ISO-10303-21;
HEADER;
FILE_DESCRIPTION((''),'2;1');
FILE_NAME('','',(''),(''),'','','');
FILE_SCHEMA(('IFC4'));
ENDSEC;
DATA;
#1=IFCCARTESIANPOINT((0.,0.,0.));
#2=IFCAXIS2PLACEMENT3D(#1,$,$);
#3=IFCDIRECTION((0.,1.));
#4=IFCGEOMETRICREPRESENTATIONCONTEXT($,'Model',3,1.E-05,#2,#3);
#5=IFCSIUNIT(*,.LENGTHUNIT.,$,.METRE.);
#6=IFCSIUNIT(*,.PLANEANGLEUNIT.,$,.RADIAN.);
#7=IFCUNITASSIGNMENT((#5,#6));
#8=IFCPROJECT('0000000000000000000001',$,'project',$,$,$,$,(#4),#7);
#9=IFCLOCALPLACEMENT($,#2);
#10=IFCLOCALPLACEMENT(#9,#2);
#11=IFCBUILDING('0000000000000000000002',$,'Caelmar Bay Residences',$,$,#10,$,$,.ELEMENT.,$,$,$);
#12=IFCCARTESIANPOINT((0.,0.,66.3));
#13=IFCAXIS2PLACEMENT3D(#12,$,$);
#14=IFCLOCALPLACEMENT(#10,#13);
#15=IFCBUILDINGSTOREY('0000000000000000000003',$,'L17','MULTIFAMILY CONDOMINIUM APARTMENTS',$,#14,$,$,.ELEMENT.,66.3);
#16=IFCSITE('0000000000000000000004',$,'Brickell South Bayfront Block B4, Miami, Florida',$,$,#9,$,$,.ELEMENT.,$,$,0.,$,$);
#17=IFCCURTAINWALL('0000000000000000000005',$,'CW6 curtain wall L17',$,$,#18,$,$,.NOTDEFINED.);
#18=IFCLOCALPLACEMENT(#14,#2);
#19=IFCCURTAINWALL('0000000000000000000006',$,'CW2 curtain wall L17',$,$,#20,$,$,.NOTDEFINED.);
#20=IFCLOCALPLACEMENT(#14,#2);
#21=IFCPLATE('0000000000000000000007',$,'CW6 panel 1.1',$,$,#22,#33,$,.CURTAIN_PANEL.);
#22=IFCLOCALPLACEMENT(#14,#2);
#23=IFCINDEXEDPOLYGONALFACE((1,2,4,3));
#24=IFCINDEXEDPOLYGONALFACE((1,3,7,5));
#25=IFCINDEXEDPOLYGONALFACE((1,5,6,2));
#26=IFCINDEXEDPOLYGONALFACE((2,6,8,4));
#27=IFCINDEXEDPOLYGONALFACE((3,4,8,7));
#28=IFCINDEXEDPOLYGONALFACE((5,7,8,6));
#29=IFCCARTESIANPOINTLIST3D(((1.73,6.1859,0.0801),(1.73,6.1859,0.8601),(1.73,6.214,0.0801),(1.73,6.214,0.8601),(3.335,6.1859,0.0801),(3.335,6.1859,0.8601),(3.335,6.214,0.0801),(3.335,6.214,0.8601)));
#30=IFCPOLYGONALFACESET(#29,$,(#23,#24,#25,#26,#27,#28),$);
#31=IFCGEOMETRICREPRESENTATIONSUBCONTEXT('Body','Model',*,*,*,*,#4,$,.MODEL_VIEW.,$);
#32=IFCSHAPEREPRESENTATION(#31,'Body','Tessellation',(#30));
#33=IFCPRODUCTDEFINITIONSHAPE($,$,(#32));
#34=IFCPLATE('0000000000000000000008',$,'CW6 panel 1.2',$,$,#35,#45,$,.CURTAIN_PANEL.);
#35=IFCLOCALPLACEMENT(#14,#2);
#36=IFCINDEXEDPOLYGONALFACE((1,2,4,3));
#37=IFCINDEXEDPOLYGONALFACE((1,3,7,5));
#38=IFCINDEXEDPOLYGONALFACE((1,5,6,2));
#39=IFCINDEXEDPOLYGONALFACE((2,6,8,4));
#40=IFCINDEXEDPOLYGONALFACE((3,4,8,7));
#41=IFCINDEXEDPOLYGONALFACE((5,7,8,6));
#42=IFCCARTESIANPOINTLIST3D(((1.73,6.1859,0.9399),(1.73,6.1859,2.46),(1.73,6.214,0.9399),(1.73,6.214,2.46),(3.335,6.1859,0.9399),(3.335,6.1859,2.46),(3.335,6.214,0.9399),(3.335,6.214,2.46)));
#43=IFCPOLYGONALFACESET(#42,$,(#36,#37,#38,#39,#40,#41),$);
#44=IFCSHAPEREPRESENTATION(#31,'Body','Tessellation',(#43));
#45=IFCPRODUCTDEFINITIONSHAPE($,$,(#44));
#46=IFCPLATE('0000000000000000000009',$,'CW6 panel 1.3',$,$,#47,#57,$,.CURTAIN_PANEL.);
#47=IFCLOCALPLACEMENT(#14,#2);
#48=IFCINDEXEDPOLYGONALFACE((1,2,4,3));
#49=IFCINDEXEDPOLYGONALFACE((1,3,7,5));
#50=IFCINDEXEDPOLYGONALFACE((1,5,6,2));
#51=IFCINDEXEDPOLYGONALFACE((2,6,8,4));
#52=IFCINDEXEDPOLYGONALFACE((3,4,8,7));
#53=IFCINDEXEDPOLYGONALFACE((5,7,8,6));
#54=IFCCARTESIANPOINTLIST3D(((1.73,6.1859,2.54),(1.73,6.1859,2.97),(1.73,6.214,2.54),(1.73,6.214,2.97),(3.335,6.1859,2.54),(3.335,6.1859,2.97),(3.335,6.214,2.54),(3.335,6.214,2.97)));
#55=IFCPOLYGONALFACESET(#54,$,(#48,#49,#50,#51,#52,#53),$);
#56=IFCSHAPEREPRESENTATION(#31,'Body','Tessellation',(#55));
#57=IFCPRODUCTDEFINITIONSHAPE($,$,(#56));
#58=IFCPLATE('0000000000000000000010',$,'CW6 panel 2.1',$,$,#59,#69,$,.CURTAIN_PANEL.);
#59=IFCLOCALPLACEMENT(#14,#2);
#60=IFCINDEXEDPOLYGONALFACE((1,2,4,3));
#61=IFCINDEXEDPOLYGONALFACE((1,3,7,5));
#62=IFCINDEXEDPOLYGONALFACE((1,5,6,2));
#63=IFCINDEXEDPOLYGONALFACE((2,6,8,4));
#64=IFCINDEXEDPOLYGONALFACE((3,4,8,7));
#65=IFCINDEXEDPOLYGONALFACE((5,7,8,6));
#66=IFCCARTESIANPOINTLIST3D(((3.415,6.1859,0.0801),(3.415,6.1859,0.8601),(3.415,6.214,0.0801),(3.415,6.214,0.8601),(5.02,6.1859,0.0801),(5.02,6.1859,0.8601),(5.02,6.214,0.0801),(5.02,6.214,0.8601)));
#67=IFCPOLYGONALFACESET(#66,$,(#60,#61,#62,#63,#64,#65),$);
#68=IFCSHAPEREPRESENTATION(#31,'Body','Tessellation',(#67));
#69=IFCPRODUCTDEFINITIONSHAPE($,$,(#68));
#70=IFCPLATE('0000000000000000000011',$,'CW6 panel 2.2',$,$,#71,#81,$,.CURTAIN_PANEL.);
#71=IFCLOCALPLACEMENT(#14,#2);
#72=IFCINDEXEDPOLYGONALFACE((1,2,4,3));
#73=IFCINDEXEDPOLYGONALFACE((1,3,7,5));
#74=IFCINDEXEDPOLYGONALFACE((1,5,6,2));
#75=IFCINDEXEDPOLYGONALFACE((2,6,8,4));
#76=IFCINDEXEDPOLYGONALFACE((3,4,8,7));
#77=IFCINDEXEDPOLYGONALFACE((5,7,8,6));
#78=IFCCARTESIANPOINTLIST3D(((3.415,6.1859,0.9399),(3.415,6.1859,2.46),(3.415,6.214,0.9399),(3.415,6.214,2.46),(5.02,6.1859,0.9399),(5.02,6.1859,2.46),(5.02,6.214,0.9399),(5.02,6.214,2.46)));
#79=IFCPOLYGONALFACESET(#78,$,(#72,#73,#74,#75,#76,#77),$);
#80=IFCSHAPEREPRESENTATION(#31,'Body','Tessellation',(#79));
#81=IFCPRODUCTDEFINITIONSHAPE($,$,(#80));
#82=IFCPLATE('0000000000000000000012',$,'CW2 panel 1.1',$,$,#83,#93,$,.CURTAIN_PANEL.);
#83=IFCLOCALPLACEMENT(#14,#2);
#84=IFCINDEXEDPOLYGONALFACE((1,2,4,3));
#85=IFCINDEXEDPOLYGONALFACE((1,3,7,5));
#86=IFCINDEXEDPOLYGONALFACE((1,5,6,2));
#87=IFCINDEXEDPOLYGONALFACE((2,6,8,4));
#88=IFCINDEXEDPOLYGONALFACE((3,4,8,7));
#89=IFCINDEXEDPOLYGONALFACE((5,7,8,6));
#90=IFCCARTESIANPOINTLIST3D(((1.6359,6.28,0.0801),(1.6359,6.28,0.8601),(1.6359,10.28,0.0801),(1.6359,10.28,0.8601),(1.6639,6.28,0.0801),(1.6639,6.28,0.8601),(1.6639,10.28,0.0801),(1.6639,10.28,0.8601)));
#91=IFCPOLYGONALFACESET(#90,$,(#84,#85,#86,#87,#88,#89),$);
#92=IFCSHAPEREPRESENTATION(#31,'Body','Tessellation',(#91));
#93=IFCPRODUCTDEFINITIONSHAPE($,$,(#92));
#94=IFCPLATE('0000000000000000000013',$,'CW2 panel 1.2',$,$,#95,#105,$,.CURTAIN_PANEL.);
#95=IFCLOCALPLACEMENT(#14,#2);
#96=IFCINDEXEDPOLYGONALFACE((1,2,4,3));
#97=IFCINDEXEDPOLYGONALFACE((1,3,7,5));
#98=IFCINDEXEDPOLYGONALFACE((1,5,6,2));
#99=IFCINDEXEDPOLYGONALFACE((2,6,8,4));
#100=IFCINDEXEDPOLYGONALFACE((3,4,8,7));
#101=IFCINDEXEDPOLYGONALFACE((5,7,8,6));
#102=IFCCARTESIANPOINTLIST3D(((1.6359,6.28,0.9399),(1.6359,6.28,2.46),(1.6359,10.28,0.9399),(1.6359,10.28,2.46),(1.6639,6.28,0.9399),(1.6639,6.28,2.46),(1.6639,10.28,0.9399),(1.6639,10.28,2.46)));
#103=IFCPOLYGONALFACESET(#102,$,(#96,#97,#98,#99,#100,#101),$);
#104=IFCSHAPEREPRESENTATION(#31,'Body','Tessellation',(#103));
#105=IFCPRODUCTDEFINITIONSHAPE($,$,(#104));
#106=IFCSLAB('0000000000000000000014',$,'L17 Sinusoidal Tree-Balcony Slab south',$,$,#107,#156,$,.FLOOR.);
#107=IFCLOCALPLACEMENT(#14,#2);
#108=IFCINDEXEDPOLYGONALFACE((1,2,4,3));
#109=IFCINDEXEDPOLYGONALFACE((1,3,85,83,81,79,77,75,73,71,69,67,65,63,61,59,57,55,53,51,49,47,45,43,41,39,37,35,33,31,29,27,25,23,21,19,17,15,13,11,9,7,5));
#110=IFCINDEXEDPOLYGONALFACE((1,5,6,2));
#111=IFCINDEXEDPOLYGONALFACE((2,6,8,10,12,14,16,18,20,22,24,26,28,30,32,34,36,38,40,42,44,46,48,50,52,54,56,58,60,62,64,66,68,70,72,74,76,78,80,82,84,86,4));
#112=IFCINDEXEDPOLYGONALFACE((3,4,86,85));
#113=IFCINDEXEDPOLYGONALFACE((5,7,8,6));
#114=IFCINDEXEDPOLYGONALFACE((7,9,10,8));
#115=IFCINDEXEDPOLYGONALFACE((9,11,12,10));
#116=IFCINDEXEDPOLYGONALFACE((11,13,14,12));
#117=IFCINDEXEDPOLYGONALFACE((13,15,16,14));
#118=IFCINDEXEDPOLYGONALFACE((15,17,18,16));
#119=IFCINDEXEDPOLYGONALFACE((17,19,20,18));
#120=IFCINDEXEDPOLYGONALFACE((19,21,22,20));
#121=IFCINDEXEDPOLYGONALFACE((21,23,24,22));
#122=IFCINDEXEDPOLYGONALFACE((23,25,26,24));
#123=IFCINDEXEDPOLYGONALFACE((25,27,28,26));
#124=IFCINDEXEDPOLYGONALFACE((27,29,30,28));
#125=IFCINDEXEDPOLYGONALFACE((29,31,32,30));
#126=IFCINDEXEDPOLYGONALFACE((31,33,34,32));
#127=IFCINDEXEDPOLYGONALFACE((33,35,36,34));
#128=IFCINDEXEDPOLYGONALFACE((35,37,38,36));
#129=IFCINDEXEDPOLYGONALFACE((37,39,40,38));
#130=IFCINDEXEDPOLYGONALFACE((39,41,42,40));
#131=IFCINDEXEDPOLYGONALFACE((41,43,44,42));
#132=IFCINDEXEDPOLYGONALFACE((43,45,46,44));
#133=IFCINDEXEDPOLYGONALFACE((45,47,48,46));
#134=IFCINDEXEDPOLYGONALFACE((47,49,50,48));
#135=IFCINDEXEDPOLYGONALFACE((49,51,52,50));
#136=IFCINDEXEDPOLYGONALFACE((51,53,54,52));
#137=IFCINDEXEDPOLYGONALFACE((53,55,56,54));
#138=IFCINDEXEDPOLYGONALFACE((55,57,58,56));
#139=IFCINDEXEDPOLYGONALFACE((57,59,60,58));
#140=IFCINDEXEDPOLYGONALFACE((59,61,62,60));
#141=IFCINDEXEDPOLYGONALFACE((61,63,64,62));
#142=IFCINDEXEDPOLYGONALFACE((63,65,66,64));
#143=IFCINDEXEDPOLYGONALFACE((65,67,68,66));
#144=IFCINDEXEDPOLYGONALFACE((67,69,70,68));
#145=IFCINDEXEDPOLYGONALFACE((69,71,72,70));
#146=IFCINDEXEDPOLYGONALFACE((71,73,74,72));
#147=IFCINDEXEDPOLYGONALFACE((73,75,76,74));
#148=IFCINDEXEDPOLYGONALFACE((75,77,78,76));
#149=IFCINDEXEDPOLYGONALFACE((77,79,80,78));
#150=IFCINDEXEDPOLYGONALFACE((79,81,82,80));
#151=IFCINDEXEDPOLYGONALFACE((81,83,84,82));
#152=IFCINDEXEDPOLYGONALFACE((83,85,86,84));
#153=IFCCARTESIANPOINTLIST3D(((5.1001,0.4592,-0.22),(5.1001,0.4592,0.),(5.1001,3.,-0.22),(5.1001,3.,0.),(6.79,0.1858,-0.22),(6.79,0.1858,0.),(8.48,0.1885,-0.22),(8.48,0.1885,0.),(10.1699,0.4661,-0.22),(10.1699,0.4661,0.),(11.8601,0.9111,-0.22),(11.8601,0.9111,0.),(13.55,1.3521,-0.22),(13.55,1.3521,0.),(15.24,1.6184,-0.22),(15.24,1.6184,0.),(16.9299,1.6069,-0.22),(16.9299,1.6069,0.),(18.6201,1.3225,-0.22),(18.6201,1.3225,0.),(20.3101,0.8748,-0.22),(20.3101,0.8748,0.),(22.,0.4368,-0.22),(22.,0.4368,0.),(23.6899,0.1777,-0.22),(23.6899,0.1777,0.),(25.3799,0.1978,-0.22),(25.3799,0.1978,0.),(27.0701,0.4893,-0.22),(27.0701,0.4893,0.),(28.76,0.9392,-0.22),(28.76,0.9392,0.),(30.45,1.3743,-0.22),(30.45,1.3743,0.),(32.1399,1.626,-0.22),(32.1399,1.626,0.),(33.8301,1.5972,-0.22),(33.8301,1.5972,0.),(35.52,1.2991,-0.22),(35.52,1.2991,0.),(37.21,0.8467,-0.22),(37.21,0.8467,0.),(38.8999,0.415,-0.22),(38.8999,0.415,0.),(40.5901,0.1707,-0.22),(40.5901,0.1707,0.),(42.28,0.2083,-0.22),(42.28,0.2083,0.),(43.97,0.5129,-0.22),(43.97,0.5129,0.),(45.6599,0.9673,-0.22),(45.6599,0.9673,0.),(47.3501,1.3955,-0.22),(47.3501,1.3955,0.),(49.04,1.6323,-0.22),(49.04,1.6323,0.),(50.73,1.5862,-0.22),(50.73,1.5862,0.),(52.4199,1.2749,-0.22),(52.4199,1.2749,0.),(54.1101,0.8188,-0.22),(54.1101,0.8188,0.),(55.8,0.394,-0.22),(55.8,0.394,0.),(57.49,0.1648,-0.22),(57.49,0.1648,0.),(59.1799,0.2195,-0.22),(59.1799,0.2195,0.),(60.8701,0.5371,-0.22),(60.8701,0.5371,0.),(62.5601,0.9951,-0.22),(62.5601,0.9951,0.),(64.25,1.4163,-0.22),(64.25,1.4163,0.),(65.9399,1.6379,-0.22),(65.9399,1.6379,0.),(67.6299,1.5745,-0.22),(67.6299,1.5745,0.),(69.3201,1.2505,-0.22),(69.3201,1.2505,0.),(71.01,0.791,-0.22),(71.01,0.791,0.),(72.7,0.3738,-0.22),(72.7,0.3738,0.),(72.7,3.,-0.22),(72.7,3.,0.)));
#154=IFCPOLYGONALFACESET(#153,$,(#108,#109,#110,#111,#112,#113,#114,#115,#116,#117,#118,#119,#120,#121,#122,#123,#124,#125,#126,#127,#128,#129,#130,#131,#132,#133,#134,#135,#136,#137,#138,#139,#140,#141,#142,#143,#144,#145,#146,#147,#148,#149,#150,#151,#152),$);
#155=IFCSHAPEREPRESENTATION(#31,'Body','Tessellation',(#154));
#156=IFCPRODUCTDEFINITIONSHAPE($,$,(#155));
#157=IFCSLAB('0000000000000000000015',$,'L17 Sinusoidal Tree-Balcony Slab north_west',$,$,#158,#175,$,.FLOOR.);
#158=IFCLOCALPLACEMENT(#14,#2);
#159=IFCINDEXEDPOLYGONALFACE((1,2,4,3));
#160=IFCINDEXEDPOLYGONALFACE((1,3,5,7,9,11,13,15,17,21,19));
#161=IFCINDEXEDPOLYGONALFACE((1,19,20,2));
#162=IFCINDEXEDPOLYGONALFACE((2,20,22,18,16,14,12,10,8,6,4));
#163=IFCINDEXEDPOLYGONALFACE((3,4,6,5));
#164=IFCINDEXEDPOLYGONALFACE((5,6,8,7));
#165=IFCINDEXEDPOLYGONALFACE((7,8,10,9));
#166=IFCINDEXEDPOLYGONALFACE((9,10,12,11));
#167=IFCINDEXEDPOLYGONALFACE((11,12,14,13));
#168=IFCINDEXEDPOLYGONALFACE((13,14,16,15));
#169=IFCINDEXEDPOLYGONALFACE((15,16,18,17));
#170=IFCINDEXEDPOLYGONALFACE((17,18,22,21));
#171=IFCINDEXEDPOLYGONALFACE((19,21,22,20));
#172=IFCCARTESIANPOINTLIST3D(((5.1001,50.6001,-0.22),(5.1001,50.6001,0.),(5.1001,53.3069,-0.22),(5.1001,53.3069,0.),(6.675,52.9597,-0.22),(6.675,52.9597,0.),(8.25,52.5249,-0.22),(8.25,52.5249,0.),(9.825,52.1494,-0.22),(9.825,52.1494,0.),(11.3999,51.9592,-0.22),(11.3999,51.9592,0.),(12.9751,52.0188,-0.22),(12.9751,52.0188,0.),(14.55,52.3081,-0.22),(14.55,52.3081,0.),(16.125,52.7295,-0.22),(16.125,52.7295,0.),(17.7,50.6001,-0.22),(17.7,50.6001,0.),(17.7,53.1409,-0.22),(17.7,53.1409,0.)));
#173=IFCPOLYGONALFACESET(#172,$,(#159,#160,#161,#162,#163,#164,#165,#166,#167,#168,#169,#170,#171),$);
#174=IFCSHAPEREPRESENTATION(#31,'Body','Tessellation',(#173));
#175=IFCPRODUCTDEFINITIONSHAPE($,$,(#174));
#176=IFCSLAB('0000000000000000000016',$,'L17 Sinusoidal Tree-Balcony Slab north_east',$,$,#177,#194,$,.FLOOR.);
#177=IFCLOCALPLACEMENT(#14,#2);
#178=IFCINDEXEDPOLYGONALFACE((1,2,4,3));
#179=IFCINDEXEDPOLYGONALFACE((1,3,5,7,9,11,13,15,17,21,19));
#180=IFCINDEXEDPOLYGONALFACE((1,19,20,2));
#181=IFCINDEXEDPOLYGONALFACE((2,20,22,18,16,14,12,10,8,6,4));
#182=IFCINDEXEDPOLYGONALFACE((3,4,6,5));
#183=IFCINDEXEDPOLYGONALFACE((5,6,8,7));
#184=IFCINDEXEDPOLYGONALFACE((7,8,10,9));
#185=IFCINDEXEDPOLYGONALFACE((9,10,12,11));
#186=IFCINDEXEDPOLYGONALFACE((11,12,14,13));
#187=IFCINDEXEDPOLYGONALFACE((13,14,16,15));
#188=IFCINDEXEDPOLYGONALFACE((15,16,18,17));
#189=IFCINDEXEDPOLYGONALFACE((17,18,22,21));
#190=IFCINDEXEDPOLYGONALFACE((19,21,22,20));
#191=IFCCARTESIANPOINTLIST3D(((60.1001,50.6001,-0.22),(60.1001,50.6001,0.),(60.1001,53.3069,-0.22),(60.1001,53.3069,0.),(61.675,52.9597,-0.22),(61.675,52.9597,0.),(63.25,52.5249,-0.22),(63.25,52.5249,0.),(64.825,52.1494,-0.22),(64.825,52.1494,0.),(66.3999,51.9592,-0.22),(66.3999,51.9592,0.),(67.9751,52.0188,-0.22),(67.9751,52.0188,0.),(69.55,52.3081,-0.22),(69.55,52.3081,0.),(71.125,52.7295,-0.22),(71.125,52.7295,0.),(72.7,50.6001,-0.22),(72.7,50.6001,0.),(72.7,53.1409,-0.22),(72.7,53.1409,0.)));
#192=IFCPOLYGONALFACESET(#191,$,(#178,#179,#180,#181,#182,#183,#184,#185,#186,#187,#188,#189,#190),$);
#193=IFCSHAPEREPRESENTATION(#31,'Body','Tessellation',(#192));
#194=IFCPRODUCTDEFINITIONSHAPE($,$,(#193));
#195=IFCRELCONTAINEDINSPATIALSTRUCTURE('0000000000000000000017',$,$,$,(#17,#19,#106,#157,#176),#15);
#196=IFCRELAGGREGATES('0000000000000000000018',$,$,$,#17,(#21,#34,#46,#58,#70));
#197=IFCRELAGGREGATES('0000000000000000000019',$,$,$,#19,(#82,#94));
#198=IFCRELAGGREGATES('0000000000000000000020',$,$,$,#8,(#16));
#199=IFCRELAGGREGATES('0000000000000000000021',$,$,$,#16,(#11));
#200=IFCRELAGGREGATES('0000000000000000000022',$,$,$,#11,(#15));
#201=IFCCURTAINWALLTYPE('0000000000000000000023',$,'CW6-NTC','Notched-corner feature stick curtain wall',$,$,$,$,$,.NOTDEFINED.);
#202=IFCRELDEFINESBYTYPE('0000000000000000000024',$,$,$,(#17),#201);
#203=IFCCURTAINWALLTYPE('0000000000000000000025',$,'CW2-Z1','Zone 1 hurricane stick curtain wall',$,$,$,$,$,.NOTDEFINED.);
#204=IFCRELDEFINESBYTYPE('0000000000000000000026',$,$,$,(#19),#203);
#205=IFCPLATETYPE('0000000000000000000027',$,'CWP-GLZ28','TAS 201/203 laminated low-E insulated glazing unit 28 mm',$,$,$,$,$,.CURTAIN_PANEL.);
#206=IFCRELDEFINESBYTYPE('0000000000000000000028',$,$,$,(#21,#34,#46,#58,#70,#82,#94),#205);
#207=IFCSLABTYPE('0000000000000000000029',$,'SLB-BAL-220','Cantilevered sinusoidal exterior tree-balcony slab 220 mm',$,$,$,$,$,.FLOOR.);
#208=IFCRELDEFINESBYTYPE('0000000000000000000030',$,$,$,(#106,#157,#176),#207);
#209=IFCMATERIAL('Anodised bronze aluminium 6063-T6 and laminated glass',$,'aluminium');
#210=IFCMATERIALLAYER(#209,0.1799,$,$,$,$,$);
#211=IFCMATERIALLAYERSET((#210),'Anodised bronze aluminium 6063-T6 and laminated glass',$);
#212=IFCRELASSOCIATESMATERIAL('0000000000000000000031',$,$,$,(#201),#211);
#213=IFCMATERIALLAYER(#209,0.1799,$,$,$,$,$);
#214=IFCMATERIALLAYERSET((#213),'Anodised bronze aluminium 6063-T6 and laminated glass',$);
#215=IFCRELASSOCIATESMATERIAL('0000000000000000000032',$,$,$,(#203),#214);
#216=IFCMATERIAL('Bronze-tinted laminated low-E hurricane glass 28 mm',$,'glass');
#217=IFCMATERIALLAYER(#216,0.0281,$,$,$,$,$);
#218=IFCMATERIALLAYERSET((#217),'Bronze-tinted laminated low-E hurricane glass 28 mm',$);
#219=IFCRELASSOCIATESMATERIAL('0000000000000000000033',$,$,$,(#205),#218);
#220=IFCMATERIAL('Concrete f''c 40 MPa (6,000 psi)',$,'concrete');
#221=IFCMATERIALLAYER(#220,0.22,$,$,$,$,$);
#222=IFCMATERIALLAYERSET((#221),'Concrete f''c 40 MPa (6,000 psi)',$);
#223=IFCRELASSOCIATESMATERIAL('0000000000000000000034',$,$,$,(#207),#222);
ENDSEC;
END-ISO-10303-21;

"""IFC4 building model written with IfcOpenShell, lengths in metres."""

from ifc_helpers import new_model, si_unit, direction, frame, origin, origin_2d, place, context, subcontext, project, spatial, polyline, rectangle, outline, extrude, material, layer, layer_set, type_object, element, aggregate, save


model = new_model("IFC4")

# Units and contexts
model_context = context("Model", 3, precision=1e-05, world=origin(), true_north=direction((0.0, 1.0)))
body_context = subcontext(model_context, "Body", "Model", "MODEL_VIEW")
ifc_project = project(units=[si_unit("LENGTHUNIT", "METRE"), si_unit("PLANEANGLEUNIT", "RADIAN")], contexts=[model_context])

# Site, building, storey
site_placement = place(None, origin())
site = spatial("IfcSite", under=ifc_project, at=site_placement, Name="Brickell South Bayfront Block B4, Miami, Florida", CompositionType="ELEMENT", RefElevation=0.0)
building_placement = place(site_placement, origin())
building = spatial("IfcBuilding", under=site, at=building_placement, Name="Caelmar Bay Residences", CompositionType="ELEMENT")
storey_placement = place(building_placement, frame((0.0, 0.0, 66.3)))
storey = spatial("IfcBuildingStorey", under=building, at=storey_placement, Name="L17", Description="MULTIFAMILY CONDOMINIUM APARTMENTS", CompositionType="ELEMENT", Elevation=66.3)

# Curtain wall
ifc_material_1 = material(Name="Anodised bronze aluminium 6063-T6 and laminated glass", Category="aluminium")
ifc_layer_1 = layer(ifc_material_1, 0.1799)
ifc_layer_set_1 = layer_set([ifc_layer_1], Name="Anodised bronze aluminium 6063-T6 and laminated glass")
curtain_wall_type_1 = type_object("IfcCurtainWallType", Name="CW6-NTC", Description="Notched-corner feature stick curtain wall", PredefinedType="NOTDEFINED", material=ifc_layer_set_1)
curtain_wall_1_placement = place(storey_placement, origin())
curtain_wall_1 = element("IfcCurtainWall", 1, at=curtain_wall_1_placement, inside=storey, type_object=curtain_wall_type_1, Name="CW6 curtain wall L17", PredefinedType="NOTDEFINED")

# Curtain wall
ifc_layer_2 = layer(ifc_material_1, 0.1799)
ifc_layer_set_2 = layer_set([ifc_layer_2], Name="Anodised bronze aluminium 6063-T6 and laminated glass")
curtain_wall_type_2 = type_object("IfcCurtainWallType", Name="CW2-Z1", Description="Zone 1 hurricane stick curtain wall", PredefinedType="NOTDEFINED", material=ifc_layer_set_2)
curtain_wall_2_placement = place(storey_placement, origin())
curtain_wall_2 = element("IfcCurtainWall", 2, at=curtain_wall_2_placement, inside=storey, type_object=curtain_wall_type_2, Name="CW2 curtain wall L17", PredefinedType="NOTDEFINED")

# Plates
ifc_material_2 = material(Name="Bronze-tinted laminated low-E hurricane glass 28 mm", Category="glass")
ifc_layer_3 = layer(ifc_material_2, 0.0281)
ifc_layer_set_3 = layer_set([ifc_layer_3], Name="Bronze-tinted laminated low-E hurricane glass 28 mm")
plate_type = type_object("IfcPlateType", Name="CWP-GLZ28", Description="TAS 201/203 laminated low-E insulated glazing unit 28 mm", PredefinedType="CURTAIN_PANEL", material=ifc_layer_set_3)
plate_1_placement = place(storey_placement, frame((2.5325, 6.2, 0.0801), z_axis=(0.0, 0.0, 1.0), x_axis=(1.0, 0.0, 0.0)))
plate_1 = element("IfcPlate", 3, at=plate_1_placement, type_object=plate_type, Name="CW6 panel 1.1", PredefinedType="CURTAIN_PANEL", context=body_context, shape_type="SweptSolid", body=[
    extrude(rectangle(XDim=1.605, YDim=0.0281, at=origin_2d()), origin(), (0.0, 0.0, 1.0), 0.78),
])
plate_2_placement = place(storey_placement, frame((2.5325, 6.2, 0.9399), z_axis=(0.0, 0.0, 1.0), x_axis=(1.0, 0.0, 0.0)))
plate_2 = element("IfcPlate", 4, at=plate_2_placement, type_object=plate_type, Name="CW6 panel 1.2", PredefinedType="CURTAIN_PANEL", context=body_context, shape_type="SweptSolid", body=[
    extrude(rectangle(XDim=1.605, YDim=0.0281, at=origin_2d()), origin(), (0.0, 0.0, 1.0), 1.52),
])
plate_3_placement = place(storey_placement, frame((2.5325, 6.2, 2.54), z_axis=(0.0, 0.0, 1.0), x_axis=(1.0, 0.0, 0.0)))
plate_3 = element("IfcPlate", 5, at=plate_3_placement, type_object=plate_type, Name="CW6 panel 1.3", PredefinedType="CURTAIN_PANEL", context=body_context, shape_type="SweptSolid", body=[
    extrude(rectangle(XDim=1.605, YDim=0.0281, at=origin_2d()), origin(), (0.0, 0.0, 1.0), 0.4299),
])
plate_4_placement = place(storey_placement, frame((4.2175, 6.2, 0.0801), z_axis=(0.0, 0.0, 1.0), x_axis=(1.0, 0.0, 0.0)))
plate_4 = element("IfcPlate", 6, at=plate_4_placement, type_object=plate_type, Name="CW6 panel 2.1", PredefinedType="CURTAIN_PANEL", context=body_context, shape_type="SweptSolid", body=[
    extrude(rectangle(XDim=1.605, YDim=0.0281, at=origin_2d()), origin(), (0.0, 0.0, 1.0), 0.78),
])
plate_5_placement = place(storey_placement, frame((4.2175, 6.2, 0.9399), z_axis=(0.0, 0.0, 1.0), x_axis=(1.0, 0.0, 0.0)))
plate_5 = element("IfcPlate", 7, at=plate_5_placement, type_object=plate_type, Name="CW6 panel 2.2", PredefinedType="CURTAIN_PANEL", context=body_context, shape_type="SweptSolid", body=[
    extrude(rectangle(XDim=1.605, YDim=0.0281, at=origin_2d()), origin(), (0.0, 0.0, 1.0), 1.52),
])
aggregate(curtain_wall_1, [plate_1, plate_2, plate_3, plate_4, plate_5])
plate_6_placement = place(storey_placement, frame((1.6499, 8.28, 0.0801), z_axis=(0.0, 0.0, 1.0), x_axis=(0.0, 1.0, 0.0)))
plate_6 = element("IfcPlate", 8, at=plate_6_placement, type_object=plate_type, Name="CW2 panel 1.1", PredefinedType="CURTAIN_PANEL", context=body_context, shape_type="SweptSolid", body=[
    extrude(rectangle(XDim=4.0, YDim=0.0281, at=origin_2d()), origin(), (0.0, 0.0, 1.0), 0.78),
])
plate_7_placement = place(storey_placement, frame((1.6499, 8.28, 0.9399), z_axis=(0.0, 0.0, 1.0), x_axis=(0.0, 1.0, 0.0)))
plate_7 = element("IfcPlate", 9, at=plate_7_placement, type_object=plate_type, Name="CW2 panel 1.2", PredefinedType="CURTAIN_PANEL", context=body_context, shape_type="SweptSolid", body=[
    extrude(rectangle(XDim=4.0, YDim=0.0281, at=origin_2d()), origin(), (0.0, 0.0, 1.0), 1.52),
])
aggregate(curtain_wall_2, [plate_6, plate_7])

# Slabs
ifc_material_3 = material(Name="Concrete f'c 40 MPa (6,000 psi)", Category="concrete")
ifc_layer_4 = layer(ifc_material_3, 0.22)
ifc_layer_set_4 = layer_set([ifc_layer_4], Name="Concrete f'c 40 MPa (6,000 psi)")
slab_type_1 = type_object("IfcSlabType", Name="SLB-BAL-220", Description="Cantilevered sinusoidal exterior tree-balcony slab 220 mm", PredefinedType="FLOOR", material=ifc_layer_set_4)
slab_1_placement = place(storey_placement, frame((0.0, 0.0, -0.22)))
element("IfcSlab", 10, at=slab_1_placement, inside=storey, type_object=slab_type_1, Name="L17 Sinusoidal Tree-Balcony Slab south", PredefinedType="FLOOR", context=body_context, shape_type="SweptSolid", body=[
    extrude(outline(polyline([(5.1001, 0.4592), (6.79, 0.1858), (8.48, 0.1885), (10.1699, 0.4661), (11.8601, 0.9111), (13.55, 1.3521), (15.24, 1.6184), (16.9299, 1.6069), (18.6201, 1.3225), (20.3101, 0.8748), (22.0, 0.4368), (23.6899, 0.1777), (25.3799, 0.1978), (27.0701, 0.4893), (28.76, 0.9392), (30.45, 1.3743), (32.1399, 1.626), (33.8301, 1.5972), (35.52, 1.2991), (37.21, 0.8467), (38.8999, 0.415), (40.5901, 0.1707), (42.28, 0.2083), (43.97, 0.5129), (45.6599, 0.9673), (47.3501, 1.3955), (49.04, 1.6323), (50.73, 1.5862), (52.4199, 1.2749), (54.1101, 0.8188), (55.8, 0.394), (57.49, 0.1648), (59.1799, 0.2195), (60.8701, 0.5371), (62.5601, 0.9951), (64.25, 1.4163), (65.9399, 1.6379), (67.6299, 1.5745), (69.3201, 1.2505), (71.01, 0.791), (72.7, 0.3738), (72.7, 3.0), (5.1001, 3.0), (5.1001, 0.4592)])), origin(), (0.0, 0.0, 1.0), 0.22),
])
slab_2_placement = place(storey_placement, frame((0.0, 0.0, -0.22)))
element("IfcSlab", 11, at=slab_2_placement, inside=storey, type_object=slab_type_1, Name="L17 Sinusoidal Tree-Balcony Slab north_west", PredefinedType="FLOOR", context=body_context, shape_type="SweptSolid", body=[
    extrude(outline(polyline([(5.1001, 50.6001), (17.7, 50.6001), (17.7, 53.1409), (16.125, 52.7295), (14.55, 52.3081), (12.9751, 52.0188), (11.3999, 51.9592), (9.825, 52.1494), (8.25, 52.5249), (6.675, 52.9597), (5.1001, 53.3069), (5.1001, 50.6001)])), origin(), (0.0, 0.0, 1.0), 0.22),
])
slab_3_placement = place(storey_placement, frame((0.0, 0.0, -0.22)))
element("IfcSlab", 12, at=slab_3_placement, inside=storey, type_object=slab_type_1, Name="L17 Sinusoidal Tree-Balcony Slab north_east", PredefinedType="FLOOR", context=body_context, shape_type="SweptSolid", body=[
    extrude(outline(polyline([(60.1001, 50.6001), (72.7, 50.6001), (72.7, 53.1409), (71.125, 52.7295), (69.55, 52.3081), (67.9751, 52.0188), (66.3999, 51.9592), (64.825, 52.1494), (63.25, 52.5249), (61.675, 52.9597), (60.1001, 53.3069), (60.1001, 50.6001)])), origin(), (0.0, 0.0, 1.0), 0.22),
])

save(model, "model.ifc")
